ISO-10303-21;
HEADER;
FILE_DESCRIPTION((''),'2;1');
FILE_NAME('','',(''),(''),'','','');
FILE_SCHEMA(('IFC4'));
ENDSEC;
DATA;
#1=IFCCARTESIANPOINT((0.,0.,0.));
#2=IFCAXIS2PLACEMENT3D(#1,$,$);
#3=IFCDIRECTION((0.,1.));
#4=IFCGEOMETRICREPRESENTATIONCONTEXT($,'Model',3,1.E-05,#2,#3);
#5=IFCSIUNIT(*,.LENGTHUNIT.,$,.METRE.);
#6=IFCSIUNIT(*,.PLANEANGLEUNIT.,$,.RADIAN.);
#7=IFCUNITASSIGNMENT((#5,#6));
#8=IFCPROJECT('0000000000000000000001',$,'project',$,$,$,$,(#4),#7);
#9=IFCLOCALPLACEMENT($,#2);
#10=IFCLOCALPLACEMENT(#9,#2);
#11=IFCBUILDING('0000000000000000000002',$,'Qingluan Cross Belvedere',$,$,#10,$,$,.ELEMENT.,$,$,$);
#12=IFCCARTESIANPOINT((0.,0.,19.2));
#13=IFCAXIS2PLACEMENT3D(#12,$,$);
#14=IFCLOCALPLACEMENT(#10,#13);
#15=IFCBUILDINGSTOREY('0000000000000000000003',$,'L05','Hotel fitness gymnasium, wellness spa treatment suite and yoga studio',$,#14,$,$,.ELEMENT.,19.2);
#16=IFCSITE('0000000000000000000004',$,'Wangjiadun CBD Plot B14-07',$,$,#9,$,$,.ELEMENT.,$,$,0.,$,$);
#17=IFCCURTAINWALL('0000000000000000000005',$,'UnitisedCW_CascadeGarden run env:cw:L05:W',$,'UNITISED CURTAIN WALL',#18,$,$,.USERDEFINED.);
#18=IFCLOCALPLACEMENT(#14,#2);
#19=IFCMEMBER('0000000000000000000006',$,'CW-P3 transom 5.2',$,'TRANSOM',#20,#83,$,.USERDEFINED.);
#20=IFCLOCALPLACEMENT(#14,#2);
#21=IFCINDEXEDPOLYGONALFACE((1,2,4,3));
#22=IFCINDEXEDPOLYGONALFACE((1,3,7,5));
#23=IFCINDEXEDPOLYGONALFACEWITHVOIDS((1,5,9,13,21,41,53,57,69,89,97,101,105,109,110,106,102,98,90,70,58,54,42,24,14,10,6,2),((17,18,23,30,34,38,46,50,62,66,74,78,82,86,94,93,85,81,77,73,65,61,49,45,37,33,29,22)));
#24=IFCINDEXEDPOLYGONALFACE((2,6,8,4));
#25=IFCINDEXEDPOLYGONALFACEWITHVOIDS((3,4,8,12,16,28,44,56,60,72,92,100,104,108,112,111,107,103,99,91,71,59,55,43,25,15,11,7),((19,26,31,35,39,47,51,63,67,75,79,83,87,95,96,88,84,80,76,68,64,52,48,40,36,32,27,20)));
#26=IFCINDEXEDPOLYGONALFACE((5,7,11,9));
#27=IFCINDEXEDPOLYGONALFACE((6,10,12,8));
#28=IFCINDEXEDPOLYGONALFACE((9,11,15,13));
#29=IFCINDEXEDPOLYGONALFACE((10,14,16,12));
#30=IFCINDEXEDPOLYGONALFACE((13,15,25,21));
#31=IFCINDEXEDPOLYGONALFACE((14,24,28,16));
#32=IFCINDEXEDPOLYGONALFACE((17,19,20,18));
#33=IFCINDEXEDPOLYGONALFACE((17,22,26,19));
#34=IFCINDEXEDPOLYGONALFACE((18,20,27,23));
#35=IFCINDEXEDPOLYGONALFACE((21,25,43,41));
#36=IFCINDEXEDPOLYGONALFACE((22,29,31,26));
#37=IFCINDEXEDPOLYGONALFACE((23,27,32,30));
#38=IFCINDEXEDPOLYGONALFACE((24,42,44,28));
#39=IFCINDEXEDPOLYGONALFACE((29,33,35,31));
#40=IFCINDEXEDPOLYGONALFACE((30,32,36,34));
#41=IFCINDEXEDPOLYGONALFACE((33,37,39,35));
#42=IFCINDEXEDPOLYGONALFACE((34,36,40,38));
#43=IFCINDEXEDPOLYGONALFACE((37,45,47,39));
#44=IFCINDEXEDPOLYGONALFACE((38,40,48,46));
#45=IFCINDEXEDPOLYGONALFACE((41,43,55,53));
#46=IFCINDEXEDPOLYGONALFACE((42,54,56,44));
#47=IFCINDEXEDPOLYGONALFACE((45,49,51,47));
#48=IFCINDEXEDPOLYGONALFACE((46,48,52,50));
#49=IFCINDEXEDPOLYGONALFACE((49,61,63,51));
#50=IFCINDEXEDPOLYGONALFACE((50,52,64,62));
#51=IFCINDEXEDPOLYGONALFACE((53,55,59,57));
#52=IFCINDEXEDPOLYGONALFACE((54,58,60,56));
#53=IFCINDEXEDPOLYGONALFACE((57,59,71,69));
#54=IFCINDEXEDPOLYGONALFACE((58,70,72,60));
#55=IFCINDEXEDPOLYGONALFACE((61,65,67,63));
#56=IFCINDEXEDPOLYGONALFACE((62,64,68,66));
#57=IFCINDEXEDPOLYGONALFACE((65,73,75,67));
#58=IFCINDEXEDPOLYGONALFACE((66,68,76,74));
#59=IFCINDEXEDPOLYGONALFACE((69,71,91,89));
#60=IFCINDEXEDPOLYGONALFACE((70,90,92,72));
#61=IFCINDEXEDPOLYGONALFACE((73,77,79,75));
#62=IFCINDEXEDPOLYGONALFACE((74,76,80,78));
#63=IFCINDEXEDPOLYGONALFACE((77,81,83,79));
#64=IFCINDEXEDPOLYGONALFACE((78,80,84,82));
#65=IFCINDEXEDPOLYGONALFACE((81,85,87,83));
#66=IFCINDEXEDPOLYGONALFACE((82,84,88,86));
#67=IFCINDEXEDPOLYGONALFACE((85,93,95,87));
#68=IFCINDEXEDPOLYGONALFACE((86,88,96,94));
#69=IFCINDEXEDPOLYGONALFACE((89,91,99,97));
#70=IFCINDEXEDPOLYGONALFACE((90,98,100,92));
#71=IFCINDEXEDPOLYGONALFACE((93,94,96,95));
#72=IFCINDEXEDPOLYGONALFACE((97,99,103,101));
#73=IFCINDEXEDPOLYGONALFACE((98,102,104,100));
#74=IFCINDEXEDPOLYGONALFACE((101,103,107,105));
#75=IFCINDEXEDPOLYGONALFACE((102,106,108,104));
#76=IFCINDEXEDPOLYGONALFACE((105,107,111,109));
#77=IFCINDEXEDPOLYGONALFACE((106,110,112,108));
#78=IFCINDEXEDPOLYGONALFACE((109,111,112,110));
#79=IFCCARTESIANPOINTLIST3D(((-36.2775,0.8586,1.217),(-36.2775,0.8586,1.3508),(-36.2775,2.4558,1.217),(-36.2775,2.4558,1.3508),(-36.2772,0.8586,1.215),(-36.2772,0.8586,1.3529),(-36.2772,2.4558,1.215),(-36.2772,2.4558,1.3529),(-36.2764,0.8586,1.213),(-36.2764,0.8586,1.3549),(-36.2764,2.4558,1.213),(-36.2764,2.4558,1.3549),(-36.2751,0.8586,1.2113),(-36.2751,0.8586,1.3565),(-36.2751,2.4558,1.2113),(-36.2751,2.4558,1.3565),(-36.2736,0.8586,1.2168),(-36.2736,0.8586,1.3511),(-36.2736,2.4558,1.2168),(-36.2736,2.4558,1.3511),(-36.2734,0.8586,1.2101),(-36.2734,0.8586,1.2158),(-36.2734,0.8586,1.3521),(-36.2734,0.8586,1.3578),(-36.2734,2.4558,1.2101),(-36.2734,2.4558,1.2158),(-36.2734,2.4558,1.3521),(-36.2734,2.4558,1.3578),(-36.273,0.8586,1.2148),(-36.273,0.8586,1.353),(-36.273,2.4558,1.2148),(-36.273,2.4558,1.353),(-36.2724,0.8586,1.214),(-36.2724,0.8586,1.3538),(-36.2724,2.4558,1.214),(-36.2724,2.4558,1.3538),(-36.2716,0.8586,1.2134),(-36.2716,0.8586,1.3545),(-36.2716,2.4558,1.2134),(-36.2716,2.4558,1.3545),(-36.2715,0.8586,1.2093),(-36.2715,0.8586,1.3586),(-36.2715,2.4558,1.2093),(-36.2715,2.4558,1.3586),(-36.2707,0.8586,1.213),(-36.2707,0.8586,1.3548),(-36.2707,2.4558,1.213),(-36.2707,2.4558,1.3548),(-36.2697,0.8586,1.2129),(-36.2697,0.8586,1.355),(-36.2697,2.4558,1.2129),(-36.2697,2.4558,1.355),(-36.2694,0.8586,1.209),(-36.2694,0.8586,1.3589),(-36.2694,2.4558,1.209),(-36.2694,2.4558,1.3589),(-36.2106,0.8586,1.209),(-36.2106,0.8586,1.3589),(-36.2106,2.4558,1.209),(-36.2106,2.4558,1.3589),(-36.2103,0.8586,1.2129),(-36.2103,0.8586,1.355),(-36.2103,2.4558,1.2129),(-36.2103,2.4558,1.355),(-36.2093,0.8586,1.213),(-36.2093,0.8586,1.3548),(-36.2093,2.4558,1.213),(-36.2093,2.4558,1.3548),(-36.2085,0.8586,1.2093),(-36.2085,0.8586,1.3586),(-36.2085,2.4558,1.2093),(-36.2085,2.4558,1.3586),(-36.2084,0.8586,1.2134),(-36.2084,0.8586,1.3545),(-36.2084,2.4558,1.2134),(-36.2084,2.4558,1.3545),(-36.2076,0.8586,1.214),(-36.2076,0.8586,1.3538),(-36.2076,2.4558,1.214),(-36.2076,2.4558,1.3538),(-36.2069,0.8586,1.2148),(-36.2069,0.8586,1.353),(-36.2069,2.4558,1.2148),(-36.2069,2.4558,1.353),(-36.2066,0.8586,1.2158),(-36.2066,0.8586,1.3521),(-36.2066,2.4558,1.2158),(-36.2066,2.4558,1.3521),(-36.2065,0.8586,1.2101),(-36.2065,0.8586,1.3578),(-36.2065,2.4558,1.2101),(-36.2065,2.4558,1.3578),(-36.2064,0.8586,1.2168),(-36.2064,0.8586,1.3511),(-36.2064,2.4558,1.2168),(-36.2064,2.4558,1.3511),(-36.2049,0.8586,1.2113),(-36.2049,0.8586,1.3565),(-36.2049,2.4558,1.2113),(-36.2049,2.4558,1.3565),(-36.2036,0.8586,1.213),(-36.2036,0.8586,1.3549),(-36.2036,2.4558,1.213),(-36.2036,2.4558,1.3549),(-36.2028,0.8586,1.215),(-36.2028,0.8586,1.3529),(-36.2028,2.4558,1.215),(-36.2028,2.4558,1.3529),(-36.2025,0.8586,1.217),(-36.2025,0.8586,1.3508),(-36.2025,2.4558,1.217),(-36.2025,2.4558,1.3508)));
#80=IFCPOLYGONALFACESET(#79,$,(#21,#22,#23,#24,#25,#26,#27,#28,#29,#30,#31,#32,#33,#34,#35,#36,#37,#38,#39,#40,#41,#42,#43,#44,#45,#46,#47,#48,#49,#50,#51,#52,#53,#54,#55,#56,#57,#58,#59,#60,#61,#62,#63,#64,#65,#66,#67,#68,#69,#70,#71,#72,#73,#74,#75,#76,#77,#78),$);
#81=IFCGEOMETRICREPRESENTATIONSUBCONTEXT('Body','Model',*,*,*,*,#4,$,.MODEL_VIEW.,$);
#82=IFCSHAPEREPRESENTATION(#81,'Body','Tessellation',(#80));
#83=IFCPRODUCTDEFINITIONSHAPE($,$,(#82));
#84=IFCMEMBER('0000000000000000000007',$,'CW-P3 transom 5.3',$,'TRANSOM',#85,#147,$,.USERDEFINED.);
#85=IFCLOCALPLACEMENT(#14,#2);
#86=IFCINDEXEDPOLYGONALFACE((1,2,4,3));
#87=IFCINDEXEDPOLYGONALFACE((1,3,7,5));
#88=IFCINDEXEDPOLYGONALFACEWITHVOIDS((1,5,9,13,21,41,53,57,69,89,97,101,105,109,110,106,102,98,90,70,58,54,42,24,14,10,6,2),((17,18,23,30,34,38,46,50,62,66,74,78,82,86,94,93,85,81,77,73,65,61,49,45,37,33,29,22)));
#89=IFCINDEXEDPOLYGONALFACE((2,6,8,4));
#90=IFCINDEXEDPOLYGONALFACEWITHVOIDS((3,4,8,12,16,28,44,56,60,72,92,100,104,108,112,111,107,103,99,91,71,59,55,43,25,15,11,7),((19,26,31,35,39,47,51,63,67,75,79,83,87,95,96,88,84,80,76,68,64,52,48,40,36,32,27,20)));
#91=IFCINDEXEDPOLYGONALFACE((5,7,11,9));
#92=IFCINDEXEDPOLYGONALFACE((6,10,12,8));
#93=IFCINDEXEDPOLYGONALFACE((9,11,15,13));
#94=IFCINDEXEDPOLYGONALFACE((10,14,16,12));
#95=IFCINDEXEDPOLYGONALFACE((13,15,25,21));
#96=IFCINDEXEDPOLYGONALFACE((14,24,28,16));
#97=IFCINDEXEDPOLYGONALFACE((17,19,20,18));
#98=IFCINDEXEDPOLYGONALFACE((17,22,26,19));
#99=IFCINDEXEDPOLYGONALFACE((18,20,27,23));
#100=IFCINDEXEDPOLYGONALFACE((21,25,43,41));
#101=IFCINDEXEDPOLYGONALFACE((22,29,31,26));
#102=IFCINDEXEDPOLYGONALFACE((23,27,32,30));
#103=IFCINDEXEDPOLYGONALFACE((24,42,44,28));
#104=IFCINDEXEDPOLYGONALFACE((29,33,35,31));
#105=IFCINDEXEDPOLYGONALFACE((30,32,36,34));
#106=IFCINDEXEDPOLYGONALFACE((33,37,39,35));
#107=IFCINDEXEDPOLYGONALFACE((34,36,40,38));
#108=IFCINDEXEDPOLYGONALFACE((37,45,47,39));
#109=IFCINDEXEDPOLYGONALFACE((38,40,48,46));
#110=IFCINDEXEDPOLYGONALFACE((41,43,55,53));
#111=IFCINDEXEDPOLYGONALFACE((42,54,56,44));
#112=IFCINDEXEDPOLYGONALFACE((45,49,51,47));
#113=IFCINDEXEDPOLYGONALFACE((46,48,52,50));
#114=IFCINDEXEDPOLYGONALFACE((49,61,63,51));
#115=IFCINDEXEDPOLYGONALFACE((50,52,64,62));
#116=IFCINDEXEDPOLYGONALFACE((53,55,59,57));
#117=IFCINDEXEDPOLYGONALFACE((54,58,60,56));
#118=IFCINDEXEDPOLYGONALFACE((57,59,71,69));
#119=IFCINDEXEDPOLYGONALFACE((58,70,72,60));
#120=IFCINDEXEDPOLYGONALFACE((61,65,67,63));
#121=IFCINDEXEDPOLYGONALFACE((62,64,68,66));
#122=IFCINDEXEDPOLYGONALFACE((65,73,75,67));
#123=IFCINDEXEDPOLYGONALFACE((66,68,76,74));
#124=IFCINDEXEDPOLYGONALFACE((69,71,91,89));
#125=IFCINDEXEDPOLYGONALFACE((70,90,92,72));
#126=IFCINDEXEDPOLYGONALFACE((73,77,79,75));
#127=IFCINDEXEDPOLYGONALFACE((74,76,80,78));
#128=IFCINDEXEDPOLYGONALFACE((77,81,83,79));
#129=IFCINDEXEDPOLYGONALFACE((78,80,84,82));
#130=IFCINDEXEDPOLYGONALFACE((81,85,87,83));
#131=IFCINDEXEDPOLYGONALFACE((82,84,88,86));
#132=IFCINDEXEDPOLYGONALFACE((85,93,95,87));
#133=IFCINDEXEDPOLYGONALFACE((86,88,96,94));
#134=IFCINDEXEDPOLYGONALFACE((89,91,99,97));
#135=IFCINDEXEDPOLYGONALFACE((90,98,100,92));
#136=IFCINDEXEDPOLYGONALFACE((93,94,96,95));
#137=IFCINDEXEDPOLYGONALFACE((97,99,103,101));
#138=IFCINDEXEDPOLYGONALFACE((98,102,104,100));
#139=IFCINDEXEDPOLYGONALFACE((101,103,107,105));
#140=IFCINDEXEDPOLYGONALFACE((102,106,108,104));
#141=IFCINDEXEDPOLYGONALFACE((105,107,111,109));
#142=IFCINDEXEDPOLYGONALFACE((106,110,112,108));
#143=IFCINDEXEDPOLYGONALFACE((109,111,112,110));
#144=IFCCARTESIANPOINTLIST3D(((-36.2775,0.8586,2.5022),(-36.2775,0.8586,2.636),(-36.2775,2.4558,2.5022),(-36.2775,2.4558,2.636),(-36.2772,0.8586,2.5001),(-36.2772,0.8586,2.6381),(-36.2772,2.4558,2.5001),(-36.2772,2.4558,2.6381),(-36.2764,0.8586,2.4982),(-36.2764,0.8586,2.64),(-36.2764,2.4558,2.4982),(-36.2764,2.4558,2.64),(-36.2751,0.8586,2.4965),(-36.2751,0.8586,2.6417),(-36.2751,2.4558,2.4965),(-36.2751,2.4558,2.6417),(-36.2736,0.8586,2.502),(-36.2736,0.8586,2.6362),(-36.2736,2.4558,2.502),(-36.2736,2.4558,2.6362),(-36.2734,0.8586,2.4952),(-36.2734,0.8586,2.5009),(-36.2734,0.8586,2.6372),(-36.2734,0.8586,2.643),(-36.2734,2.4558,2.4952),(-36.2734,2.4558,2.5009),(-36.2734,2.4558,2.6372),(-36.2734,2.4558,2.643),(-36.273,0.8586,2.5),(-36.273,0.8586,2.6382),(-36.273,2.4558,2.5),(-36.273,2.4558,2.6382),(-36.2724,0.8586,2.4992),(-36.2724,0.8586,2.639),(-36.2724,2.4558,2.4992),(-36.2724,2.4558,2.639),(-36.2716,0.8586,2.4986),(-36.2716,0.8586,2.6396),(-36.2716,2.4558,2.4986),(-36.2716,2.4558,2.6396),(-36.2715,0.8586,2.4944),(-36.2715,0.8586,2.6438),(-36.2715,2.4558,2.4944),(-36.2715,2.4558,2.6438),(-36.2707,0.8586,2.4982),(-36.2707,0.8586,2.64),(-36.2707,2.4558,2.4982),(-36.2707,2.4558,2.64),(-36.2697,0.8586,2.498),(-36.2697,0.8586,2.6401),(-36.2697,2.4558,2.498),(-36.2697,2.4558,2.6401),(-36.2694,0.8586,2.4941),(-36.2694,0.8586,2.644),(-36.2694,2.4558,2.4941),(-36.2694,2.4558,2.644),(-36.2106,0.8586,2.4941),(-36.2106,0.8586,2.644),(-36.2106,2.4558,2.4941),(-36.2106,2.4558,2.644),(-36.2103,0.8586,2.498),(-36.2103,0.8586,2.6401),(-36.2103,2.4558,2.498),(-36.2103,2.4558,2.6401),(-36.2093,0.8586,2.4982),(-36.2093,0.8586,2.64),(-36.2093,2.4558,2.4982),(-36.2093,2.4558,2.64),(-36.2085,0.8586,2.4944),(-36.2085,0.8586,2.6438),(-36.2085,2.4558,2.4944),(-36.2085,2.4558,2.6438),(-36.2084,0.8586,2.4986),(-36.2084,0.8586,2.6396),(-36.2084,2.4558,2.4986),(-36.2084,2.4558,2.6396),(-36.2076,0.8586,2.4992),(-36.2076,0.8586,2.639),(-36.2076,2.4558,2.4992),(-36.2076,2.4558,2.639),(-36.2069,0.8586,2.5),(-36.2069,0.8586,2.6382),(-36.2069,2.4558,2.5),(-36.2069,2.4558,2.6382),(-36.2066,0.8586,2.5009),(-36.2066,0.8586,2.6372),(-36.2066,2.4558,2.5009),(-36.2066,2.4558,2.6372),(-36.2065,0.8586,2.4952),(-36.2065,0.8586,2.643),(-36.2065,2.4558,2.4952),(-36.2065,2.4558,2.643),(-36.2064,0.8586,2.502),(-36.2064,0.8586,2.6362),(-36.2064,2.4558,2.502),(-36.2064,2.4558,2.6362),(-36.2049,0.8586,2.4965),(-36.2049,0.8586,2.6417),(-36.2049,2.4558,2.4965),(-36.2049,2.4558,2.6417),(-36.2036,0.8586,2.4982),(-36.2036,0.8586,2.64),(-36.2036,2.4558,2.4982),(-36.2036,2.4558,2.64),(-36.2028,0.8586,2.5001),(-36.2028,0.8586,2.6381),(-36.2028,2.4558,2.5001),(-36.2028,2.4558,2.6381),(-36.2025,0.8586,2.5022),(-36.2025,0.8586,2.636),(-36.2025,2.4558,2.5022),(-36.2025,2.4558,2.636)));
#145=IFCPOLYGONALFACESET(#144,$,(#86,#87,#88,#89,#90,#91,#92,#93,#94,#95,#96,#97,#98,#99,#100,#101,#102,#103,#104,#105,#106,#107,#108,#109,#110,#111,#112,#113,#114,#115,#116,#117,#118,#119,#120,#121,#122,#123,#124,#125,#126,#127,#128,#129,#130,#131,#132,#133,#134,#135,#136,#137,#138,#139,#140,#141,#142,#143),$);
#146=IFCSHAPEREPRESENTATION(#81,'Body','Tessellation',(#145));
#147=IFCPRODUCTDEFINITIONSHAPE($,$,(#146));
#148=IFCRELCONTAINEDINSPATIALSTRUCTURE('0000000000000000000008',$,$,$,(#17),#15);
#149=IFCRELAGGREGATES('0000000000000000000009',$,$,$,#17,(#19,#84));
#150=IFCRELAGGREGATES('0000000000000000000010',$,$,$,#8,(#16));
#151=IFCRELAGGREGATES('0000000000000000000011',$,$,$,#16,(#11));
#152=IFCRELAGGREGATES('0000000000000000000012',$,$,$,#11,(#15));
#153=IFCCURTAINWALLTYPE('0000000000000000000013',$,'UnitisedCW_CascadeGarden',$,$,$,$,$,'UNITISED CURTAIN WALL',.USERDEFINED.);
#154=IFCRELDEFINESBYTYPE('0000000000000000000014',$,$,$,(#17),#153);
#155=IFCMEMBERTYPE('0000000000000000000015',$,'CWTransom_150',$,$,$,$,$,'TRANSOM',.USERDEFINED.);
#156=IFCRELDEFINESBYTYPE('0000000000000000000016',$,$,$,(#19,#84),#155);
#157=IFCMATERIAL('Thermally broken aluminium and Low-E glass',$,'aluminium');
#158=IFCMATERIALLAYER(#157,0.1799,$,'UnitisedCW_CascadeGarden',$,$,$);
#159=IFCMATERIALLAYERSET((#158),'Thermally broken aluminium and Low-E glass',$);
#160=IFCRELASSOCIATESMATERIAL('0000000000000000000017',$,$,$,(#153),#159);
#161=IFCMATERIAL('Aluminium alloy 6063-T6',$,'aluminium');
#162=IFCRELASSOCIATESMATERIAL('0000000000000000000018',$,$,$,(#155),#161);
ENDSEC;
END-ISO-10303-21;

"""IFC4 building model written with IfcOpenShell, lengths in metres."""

from ifc_helpers import new_model, si_unit, direction, frame, origin, origin_2d, place, context, subcontext, project, spatial, hollow_rectangle, extrude, material, layer, layer_set, material_profile, profile_set, type_object, element, aggregate, save


model = new_model("IFC4")

# Units and contexts
model_context = context("Model", 3, precision=1e-05, world=origin(), true_north=direction((0.0, 1.0)))
body_context = subcontext(model_context, "Body", "Model", "MODEL_VIEW")
ifc_project = project(units=[si_unit("LENGTHUNIT", "METRE"), si_unit("PLANEANGLEUNIT", "RADIAN")], contexts=[model_context])

# Site, building, storey
site_placement = place(None, origin())
site = spatial("IfcSite", under=ifc_project, at=site_placement, Name="Wangjiadun CBD Plot B14-07", CompositionType="ELEMENT", RefElevation=0.0)
building_placement = place(site_placement, origin())
building = spatial("IfcBuilding", under=site, at=building_placement, Name="Qingluan Cross Belvedere", CompositionType="ELEMENT")
storey_placement = place(building_placement, frame((0.0, 0.0, 19.2)))
storey = spatial("IfcBuildingStorey", under=building, at=storey_placement, Name="L05", Description="Hotel fitness gymnasium, wellness spa treatment suite and yoga studio", CompositionType="ELEMENT", Elevation=19.2)

# Curtain wall, members
ifc_material_1 = material(Name="Thermally broken aluminium and Low-E glass", Category="aluminium")
ifc_layer_1 = layer(ifc_material_1, 0.1799, Name="UnitisedCW_CascadeGarden")
ifc_layer_set_1 = layer_set([ifc_layer_1], Name="Thermally broken aluminium and Low-E glass")
curtain_wall_type = type_object("IfcCurtainWallType", Name="UnitisedCW_CascadeGarden", ElementType="UNITISED CURTAIN WALL", PredefinedType="USERDEFINED", material=ifc_layer_set_1)
curtain_wall_placement = place(storey_placement, origin())
curtain_wall = element("IfcCurtainWall", 1, at=curtain_wall_placement, inside=storey, type_object=curtain_wall_type, Name="UnitisedCW_CascadeGarden run env:cw:L05:W", ObjectType="UNITISED CURTAIN WALL", PredefinedType="USERDEFINED")
ifc_material_2 = material(Name="Aluminium alloy 6063-T6", Category="aluminium")
ifc_material_profile_1 = material_profile(ifc_material_2, hollow_rectangle(XDim=0.075, YDim=0.1499, WallThickness=0.0039, InnerFilletRadius=0.0039, OuterFilletRadius=0.0081, at=origin_2d()), Name="CWT150x75x4")
ifc_profile_set_1 = profile_set([ifc_material_profile_1], Name="Aluminium alloy 6063-T6")
member_type_1 = type_object("IfcMemberType", Name="CWTransom_150", ElementType="TRANSOM", PredefinedType="USERDEFINED", material=ifc_profile_set_1)
member_1_placement = place(storey_placement, frame((-36.24, 0.8586, 1.2839), z_axis=(0.0, 1.0, 0.0), x_axis=(-1.0, 0.0, 0.0)))
member_1 = element("IfcMember", 2, at=member_1_placement, type_object=member_type_1, Name="CW-P3 transom 5.2", ObjectType="TRANSOM", PredefinedType="USERDEFINED", context=body_context, shape_type="SweptSolid", body=[
    extrude(hollow_rectangle(XDim=0.075, YDim=0.1499, WallThickness=0.0039, InnerFilletRadius=0.0039, OuterFilletRadius=0.0081, at=origin_2d()), origin(), (0.0, 0.0, 1.0), 1.5972),
])
member_2_placement = place(storey_placement, frame((-36.24, 0.8586, 2.5691), z_axis=(0.0, 1.0, 0.0), x_axis=(-1.0, 0.0, 0.0)))
member_2 = element("IfcMember", 3, at=member_2_placement, type_object=member_type_1, Name="CW-P3 transom 5.3", ObjectType="TRANSOM", PredefinedType="USERDEFINED", context=body_context, shape_type="SweptSolid", body=[
    extrude(hollow_rectangle(XDim=0.075, YDim=0.1499, WallThickness=0.0039, InnerFilletRadius=0.0039, OuterFilletRadius=0.0081, at=origin_2d()), origin(), (0.0, 0.0, 1.0), 1.5972),
])

aggregate(curtain_wall, [member_1, member_2])

save(model, "model.ifc")
